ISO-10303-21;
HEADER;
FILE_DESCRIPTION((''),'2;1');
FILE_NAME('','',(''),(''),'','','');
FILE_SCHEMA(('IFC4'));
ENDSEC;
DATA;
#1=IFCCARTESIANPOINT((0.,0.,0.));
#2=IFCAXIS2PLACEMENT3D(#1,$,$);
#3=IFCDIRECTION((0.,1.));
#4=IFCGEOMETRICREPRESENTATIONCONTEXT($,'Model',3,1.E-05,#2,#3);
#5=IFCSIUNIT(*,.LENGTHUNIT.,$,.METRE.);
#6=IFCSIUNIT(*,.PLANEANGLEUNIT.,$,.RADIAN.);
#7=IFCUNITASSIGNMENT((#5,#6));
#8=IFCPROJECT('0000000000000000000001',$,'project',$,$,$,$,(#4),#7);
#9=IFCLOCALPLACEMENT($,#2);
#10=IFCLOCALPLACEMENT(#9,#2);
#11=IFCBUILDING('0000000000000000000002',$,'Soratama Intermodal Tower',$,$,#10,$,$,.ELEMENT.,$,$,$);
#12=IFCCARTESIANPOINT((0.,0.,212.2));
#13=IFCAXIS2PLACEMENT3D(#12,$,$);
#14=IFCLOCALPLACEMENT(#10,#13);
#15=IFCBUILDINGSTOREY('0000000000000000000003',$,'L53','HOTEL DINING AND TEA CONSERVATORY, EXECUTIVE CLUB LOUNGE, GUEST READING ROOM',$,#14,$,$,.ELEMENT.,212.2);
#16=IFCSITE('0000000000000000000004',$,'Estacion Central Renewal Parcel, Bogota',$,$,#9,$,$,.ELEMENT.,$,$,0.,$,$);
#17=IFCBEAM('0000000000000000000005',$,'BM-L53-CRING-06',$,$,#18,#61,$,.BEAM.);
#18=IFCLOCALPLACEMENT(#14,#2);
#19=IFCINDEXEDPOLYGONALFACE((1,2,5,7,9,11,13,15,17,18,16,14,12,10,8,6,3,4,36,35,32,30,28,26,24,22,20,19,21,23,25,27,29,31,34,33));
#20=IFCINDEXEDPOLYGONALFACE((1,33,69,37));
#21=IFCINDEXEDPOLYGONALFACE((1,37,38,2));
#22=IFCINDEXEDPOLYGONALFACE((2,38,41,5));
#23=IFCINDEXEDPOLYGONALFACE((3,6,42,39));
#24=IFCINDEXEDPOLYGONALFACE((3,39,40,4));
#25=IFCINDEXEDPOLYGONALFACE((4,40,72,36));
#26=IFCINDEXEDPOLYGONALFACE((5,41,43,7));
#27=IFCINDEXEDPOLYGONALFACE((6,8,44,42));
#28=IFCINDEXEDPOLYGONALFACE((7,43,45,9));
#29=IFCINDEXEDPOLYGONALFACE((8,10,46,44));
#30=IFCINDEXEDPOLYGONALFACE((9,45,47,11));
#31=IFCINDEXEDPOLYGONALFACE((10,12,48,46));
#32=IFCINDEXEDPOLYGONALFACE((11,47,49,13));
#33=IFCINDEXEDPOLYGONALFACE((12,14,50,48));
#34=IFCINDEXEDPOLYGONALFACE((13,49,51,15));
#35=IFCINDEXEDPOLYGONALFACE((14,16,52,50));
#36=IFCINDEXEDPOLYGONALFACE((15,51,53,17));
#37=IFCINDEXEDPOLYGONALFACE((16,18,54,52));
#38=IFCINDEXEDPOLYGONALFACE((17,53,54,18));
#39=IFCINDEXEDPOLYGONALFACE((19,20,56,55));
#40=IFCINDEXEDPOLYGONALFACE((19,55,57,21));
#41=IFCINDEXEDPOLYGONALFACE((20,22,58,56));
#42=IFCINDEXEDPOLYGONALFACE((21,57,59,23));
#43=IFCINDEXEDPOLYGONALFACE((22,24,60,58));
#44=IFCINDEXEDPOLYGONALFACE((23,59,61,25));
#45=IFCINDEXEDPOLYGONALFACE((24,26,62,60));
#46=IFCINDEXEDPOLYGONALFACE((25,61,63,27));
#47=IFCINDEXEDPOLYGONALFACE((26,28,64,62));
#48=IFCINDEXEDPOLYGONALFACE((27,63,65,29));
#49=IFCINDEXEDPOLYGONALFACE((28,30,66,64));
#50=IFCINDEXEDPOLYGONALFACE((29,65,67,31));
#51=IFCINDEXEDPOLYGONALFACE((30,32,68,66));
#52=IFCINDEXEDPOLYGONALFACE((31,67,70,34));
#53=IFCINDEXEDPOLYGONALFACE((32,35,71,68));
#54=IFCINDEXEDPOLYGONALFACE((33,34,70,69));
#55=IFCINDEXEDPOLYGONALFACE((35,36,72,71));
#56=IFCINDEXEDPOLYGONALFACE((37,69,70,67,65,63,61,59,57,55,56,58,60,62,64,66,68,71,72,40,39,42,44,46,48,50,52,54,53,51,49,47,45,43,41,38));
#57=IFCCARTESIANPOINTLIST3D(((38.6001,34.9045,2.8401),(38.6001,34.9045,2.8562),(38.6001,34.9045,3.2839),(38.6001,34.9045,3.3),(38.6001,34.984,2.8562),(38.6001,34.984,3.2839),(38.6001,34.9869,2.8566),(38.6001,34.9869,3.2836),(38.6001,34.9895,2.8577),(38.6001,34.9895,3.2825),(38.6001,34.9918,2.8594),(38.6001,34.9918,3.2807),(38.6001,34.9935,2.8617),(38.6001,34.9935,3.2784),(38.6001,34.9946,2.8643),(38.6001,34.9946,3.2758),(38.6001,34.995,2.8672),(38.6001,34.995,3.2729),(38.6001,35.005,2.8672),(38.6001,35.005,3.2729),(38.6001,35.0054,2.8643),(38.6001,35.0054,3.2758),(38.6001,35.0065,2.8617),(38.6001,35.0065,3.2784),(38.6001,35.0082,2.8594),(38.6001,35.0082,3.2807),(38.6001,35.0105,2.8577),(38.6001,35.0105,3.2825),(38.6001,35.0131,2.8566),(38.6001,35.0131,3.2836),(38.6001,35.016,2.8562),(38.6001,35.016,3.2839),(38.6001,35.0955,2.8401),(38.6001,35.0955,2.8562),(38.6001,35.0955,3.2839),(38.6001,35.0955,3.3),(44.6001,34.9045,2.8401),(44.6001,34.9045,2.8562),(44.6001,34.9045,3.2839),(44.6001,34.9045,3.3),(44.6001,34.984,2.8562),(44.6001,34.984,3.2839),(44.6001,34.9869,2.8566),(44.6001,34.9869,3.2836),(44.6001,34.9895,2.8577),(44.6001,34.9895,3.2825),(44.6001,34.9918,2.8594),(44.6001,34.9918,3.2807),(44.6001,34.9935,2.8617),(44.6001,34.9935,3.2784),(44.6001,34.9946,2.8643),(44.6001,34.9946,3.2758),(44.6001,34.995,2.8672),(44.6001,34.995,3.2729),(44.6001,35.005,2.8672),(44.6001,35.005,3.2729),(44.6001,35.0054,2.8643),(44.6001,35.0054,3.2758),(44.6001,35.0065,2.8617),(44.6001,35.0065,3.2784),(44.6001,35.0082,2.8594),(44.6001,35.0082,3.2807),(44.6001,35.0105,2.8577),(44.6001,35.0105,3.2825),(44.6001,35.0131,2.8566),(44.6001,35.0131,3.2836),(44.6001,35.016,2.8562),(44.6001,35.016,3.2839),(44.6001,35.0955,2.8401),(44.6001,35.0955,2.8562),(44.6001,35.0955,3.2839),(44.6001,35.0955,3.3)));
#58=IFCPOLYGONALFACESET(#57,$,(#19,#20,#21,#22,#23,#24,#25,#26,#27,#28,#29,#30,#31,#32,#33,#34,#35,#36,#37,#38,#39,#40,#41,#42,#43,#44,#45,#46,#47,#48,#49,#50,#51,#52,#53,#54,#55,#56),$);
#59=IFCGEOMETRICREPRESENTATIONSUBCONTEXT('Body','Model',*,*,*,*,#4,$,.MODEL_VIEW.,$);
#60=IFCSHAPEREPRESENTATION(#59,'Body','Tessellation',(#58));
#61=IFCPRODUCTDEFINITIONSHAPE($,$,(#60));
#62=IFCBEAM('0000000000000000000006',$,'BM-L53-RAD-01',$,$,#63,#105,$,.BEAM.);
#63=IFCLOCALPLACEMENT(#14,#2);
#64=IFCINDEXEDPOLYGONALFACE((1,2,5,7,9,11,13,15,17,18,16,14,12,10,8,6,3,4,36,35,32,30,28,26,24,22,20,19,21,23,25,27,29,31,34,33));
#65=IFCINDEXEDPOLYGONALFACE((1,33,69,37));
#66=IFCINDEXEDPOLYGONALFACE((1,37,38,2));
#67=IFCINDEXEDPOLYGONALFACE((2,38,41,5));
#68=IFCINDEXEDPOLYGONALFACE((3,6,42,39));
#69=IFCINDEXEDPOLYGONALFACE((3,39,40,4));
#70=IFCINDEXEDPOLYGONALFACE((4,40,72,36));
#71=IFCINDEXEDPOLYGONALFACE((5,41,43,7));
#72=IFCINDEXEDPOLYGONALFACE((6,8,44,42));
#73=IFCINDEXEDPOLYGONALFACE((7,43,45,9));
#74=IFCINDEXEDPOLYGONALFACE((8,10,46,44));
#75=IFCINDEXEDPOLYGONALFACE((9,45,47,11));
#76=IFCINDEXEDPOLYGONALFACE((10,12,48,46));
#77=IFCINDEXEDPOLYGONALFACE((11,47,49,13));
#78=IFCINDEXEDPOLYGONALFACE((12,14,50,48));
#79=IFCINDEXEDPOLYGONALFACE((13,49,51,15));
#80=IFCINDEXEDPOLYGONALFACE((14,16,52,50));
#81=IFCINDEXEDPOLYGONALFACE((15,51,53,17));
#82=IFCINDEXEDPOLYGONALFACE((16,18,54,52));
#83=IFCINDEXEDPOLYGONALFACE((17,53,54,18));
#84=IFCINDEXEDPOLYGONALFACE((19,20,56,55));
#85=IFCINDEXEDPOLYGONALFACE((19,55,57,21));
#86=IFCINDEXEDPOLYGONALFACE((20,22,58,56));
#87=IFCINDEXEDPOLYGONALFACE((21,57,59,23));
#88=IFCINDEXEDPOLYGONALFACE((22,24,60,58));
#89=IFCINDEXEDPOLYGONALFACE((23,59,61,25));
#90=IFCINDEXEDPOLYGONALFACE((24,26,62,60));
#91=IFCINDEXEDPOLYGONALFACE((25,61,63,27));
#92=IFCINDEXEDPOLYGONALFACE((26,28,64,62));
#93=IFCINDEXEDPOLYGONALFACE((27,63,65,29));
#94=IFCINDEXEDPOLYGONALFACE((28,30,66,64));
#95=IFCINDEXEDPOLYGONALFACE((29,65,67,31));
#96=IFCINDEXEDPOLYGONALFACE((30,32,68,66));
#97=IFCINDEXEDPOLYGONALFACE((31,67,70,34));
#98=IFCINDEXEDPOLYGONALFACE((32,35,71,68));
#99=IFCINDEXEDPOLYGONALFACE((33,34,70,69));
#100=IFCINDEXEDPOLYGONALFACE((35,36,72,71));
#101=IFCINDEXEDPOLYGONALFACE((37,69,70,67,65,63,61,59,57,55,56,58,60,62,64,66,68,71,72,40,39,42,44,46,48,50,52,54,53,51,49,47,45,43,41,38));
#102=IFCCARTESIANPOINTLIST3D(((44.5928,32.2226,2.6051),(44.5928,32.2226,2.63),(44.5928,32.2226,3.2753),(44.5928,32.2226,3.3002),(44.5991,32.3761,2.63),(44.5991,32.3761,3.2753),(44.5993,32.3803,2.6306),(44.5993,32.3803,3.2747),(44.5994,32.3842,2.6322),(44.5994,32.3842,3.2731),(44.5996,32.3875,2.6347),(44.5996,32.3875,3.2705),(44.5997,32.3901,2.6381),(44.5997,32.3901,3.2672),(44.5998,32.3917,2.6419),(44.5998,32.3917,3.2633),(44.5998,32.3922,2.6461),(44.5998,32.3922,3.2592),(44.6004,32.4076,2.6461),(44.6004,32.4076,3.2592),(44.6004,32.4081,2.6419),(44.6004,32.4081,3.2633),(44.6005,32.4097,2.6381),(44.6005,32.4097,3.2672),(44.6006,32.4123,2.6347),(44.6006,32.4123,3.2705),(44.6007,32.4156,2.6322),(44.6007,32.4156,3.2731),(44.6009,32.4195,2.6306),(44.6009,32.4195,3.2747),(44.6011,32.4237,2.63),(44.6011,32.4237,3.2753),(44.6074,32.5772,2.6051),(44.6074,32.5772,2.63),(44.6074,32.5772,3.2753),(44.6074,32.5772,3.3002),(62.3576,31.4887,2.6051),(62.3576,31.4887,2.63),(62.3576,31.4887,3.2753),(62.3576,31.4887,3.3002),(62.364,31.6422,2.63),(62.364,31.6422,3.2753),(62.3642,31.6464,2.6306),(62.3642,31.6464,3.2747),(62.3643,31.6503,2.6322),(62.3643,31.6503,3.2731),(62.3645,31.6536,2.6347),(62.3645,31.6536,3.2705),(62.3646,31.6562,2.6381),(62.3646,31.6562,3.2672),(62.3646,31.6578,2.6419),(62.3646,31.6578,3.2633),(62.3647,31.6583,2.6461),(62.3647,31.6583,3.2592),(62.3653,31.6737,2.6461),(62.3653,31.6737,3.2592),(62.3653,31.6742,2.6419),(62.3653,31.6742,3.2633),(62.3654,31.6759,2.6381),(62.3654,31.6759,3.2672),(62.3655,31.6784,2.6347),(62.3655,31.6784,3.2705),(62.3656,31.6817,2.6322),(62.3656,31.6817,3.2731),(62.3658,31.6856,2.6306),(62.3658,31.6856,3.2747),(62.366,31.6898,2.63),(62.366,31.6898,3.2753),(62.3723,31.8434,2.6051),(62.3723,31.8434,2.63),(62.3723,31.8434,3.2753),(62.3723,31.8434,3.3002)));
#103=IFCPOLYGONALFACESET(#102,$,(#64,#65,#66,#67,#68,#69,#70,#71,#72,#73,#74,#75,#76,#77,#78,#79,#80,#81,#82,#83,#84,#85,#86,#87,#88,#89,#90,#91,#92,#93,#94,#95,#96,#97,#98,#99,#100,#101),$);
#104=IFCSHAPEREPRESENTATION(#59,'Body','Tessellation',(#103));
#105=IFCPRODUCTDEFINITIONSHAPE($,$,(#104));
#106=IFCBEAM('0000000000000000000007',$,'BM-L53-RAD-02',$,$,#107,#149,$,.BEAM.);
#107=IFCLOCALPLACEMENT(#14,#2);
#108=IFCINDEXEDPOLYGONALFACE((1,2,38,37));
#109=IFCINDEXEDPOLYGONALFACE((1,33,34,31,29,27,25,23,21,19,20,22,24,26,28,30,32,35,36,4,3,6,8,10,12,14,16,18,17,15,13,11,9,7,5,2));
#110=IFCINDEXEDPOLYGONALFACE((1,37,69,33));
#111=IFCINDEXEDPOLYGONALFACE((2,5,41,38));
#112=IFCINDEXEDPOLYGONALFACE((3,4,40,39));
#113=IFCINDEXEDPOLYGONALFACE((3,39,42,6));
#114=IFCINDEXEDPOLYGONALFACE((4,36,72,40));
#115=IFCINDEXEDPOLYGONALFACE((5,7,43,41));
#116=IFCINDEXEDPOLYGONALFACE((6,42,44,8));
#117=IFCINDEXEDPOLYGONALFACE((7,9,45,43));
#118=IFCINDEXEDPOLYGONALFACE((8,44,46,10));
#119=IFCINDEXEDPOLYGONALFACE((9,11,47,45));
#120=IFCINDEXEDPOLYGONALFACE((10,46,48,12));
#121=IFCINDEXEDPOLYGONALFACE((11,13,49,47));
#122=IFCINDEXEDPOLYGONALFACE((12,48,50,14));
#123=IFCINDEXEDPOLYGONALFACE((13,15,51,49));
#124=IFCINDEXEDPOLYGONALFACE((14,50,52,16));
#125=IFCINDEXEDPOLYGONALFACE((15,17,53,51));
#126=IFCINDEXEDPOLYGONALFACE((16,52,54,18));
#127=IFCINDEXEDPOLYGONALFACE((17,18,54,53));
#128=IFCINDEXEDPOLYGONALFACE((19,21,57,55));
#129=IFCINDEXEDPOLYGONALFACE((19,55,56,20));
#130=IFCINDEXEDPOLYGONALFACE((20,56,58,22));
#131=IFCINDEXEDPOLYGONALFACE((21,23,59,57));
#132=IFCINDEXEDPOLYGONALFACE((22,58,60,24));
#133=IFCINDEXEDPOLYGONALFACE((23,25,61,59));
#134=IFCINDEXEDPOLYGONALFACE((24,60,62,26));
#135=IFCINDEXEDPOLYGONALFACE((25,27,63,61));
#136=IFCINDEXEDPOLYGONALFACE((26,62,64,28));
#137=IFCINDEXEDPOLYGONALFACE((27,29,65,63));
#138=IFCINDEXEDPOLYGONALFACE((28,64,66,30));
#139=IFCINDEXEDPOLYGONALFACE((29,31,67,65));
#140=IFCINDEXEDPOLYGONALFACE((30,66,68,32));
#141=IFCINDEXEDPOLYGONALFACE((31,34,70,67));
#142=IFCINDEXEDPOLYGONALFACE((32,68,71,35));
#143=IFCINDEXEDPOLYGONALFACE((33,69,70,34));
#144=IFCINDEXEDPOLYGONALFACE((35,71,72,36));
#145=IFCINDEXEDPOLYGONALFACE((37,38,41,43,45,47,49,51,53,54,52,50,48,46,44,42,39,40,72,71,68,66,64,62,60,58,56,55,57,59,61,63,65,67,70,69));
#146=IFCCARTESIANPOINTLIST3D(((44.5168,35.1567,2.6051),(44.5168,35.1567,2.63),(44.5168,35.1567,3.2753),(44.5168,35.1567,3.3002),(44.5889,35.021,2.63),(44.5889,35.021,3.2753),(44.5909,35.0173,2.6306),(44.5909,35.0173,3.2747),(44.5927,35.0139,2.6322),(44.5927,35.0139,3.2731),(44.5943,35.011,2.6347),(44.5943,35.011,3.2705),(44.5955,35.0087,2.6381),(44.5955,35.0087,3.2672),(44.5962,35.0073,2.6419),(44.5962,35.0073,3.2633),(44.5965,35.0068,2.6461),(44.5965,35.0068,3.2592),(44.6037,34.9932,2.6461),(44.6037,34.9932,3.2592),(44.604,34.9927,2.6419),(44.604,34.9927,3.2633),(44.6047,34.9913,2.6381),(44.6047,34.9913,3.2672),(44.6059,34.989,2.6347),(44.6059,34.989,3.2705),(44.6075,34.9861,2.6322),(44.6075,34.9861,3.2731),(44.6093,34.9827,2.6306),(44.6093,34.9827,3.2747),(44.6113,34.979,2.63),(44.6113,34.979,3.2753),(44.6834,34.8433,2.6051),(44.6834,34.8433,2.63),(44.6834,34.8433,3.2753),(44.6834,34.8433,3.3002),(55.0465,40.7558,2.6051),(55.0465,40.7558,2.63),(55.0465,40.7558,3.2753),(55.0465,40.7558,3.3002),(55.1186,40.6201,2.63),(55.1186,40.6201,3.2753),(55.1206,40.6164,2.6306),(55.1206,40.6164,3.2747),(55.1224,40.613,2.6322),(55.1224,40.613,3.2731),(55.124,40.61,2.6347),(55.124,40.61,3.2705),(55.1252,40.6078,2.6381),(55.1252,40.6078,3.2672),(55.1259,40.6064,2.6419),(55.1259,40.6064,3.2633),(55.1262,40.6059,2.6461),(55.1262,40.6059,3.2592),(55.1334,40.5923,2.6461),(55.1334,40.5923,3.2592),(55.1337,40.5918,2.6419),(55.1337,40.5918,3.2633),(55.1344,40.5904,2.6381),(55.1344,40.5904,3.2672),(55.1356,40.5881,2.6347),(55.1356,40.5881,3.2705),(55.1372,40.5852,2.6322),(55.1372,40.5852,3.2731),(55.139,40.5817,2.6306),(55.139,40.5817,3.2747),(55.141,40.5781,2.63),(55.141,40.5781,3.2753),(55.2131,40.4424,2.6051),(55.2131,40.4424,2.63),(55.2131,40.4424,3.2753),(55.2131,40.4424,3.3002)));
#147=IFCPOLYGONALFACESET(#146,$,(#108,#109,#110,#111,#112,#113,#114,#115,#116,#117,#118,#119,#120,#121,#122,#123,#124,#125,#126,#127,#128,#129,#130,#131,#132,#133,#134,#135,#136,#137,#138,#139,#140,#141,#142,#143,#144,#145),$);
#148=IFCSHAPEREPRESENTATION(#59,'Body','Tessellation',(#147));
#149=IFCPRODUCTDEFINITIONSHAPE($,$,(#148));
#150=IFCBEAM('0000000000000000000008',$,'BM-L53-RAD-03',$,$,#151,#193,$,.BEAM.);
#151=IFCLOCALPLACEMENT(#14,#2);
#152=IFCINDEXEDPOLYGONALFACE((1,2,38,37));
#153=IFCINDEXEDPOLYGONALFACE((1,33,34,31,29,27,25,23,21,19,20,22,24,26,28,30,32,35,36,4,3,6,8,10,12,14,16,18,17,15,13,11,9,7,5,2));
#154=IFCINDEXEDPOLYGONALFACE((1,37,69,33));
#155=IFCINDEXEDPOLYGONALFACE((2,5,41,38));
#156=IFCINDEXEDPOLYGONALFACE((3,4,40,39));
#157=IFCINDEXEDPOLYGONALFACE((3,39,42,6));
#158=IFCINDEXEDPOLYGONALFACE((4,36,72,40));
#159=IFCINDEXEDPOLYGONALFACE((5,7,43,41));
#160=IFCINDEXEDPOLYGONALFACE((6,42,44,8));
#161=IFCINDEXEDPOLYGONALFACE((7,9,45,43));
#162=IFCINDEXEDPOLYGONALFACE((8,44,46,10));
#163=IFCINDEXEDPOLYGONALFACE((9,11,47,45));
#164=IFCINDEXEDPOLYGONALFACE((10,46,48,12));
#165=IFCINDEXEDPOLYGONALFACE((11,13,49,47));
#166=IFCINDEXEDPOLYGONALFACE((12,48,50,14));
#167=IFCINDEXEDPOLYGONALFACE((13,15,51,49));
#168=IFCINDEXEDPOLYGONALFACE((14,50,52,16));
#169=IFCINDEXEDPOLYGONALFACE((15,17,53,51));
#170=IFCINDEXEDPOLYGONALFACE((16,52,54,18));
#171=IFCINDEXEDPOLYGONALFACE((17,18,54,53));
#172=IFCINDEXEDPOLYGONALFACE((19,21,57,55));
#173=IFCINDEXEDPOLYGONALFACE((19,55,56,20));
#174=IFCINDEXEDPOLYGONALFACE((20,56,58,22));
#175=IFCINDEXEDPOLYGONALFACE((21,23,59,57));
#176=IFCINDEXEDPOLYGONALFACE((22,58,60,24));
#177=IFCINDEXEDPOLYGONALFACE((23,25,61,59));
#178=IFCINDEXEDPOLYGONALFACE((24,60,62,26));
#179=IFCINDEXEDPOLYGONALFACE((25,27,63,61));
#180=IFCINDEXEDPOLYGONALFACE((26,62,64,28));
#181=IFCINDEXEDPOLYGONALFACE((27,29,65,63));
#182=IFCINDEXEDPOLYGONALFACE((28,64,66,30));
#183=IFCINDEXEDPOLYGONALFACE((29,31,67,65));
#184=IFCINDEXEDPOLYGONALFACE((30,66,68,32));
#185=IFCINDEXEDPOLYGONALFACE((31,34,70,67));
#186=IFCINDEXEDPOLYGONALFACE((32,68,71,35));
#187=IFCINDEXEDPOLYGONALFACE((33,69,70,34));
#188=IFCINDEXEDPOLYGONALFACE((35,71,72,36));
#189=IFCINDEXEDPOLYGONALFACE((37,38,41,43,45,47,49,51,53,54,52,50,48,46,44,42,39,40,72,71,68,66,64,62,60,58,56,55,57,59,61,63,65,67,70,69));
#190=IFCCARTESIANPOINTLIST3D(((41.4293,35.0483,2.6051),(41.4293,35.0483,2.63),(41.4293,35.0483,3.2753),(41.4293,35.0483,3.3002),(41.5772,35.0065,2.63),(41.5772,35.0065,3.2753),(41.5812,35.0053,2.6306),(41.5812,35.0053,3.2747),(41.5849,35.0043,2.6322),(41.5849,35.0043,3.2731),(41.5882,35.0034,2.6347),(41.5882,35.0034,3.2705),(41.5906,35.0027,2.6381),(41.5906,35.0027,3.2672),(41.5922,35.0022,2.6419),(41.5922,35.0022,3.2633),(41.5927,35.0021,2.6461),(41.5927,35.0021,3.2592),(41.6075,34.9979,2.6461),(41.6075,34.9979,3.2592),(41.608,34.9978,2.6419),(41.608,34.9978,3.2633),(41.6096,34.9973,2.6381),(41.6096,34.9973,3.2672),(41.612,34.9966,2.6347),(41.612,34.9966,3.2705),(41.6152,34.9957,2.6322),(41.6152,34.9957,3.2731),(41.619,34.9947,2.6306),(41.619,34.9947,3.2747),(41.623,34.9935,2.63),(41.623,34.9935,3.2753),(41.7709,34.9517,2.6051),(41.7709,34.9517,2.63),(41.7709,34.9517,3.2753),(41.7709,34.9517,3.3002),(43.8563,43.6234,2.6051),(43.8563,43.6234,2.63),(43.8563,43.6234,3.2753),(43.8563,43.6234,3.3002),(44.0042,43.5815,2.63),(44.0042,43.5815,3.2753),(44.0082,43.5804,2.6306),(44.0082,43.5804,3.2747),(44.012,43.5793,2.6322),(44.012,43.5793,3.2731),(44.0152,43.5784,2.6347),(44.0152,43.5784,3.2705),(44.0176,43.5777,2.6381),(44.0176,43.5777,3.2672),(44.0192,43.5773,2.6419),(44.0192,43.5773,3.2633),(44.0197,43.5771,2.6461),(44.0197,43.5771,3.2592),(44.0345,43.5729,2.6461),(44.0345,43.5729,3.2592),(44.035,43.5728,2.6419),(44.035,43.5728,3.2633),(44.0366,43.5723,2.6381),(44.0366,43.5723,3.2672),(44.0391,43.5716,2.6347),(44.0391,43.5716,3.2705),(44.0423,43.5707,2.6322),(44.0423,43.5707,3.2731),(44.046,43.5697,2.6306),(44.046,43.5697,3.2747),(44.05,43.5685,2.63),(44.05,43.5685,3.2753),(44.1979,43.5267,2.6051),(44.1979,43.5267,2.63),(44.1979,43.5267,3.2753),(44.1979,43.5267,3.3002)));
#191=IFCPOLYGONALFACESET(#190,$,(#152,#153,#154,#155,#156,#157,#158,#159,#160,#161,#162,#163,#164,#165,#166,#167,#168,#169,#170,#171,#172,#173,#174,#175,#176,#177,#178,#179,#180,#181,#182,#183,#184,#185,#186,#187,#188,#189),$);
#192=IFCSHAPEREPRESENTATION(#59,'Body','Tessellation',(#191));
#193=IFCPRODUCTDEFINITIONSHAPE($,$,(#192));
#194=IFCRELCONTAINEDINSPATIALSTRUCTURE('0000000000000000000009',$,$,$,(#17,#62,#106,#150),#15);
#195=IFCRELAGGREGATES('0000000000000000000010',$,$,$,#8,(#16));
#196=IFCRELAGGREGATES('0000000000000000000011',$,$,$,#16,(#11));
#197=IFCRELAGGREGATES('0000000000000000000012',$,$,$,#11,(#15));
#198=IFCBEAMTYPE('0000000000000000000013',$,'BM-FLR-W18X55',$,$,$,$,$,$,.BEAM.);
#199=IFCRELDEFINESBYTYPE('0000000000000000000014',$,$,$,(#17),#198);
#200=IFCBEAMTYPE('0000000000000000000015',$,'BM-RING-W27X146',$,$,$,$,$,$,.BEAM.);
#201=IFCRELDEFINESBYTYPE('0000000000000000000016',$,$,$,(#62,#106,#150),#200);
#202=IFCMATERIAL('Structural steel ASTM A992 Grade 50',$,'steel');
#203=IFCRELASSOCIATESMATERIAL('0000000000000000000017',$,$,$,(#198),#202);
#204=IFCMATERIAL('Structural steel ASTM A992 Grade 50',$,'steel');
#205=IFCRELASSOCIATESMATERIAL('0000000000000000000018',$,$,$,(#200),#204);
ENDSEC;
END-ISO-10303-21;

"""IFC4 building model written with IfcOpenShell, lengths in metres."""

from ifc_helpers import new_model, si_unit, direction, frame, origin, origin_2d, place, context, subcontext, project, spatial, i_section, extrude, material, material_profile, profile_set, type_object, element, save


model = new_model("IFC4")

# Units and contexts
model_context = context("Model", 3, precision=1e-05, world=origin(), true_north=direction((0.0, 1.0)))
body_context = subcontext(model_context, "Body", "Model", "MODEL_VIEW")
ifc_project = project(units=[si_unit("LENGTHUNIT", "METRE"), si_unit("PLANEANGLEUNIT", "RADIAN")], contexts=[model_context])

# Site, building, storey
site_placement = place(None, origin())
site = spatial("IfcSite", under=ifc_project, at=site_placement, Name="Estacion Central Renewal Parcel, Bogota", CompositionType="ELEMENT", RefElevation=0.0)
building_placement = place(site_placement, origin())
building = spatial("IfcBuilding", under=site, at=building_placement, Name="Soratama Intermodal Tower", CompositionType="ELEMENT")
storey_placement = place(building_placement, frame((0.0, 0.0, 212.2)))
storey = spatial("IfcBuildingStorey", under=building, at=storey_placement, Name="L53", Description="HOTEL DINING AND TEA CONSERVATORY, EXECUTIVE CLUB LOUNGE, GUEST READING ROOM", CompositionType="ELEMENT", Elevation=212.2)

# Beams
ifc_material_1 = material(Name="Structural steel ASTM A992 Grade 50", Category="steel")
ifc_material_profile_1 = material_profile(ifc_material_1, i_section(OverallWidth=0.1909, OverallDepth=0.46, WebThickness=0.01, FlangeThickness=0.0161, FilletRadius=0.011, at=origin_2d()), Name="W18X55")
ifc_profile_set_1 = profile_set([ifc_material_profile_1], Name="Structural steel ASTM A992 Grade 50")
beam_type_1 = type_object("IfcBeamType", Name="BM-FLR-W18X55", PredefinedType="BEAM", material=ifc_profile_set_1)
beam_1_placement = place(storey_placement, frame((44.6001, 35.0, 3.0701), z_axis=(-1.0, 0.0, 0.0), x_axis=(0.0, -1.0, 0.0)))
element("IfcBeam", 1, at=beam_1_placement, inside=storey, type_object=beam_type_1, Name="BM-L53-CRING-06", PredefinedType="BEAM", context=body_context, shape_type="SweptSolid", body=[
    extrude(i_section(OverallWidth=0.1909, OverallDepth=0.46, WebThickness=0.01, FlangeThickness=0.0161, FilletRadius=0.011, at=origin_2d()), origin(), (0.0, 0.0, 1.0), 6.0),
])
ifc_material_2 = material(Name="Structural steel ASTM A992 Grade 50", Category="steel")
ifc_material_profile_2 = material_profile(ifc_material_2, i_section(OverallWidth=0.355, OverallDepth=0.6951, WebThickness=0.0154, FlangeThickness=0.0249, FilletRadius=0.0161, at=origin_2d()), Name="W27X146")
ifc_profile_set_2 = profile_set([ifc_material_profile_2], Name="Structural steel ASTM A992 Grade 50")
beam_type_2 = type_object("IfcBeamType", Name="BM-RING-W27X146", PredefinedType="BEAM", material=ifc_profile_set_2)
beam_2_placement = place(storey_placement, frame((44.6001, 32.3999, 2.9526), z_axis=(0.999148, -0.041276, 0.0), x_axis=(0.041276, 0.999148, 0.0)))
element("IfcBeam", 2, at=beam_2_placement, inside=storey, type_object=beam_type_2, Name="BM-L53-RAD-01", PredefinedType="BEAM", context=body_context, shape_type="SweptSolid", body=[
    extrude(i_section(OverallWidth=0.355, OverallDepth=0.6951, WebThickness=0.0154, FlangeThickness=0.0249, FilletRadius=0.0161, at=origin_2d()), origin(), (0.0, 0.0, 1.0), 17.78),
])
beam_3_placement = place(storey_placement, frame((44.6001, 35.0, 2.9526), z_axis=(0.882936, 0.469493, 0.0), x_axis=(-0.469493, 0.882936, 0.0)))
element("IfcBeam", 3, at=beam_3_placement, inside=storey, type_object=beam_type_2, Name="BM-L53-RAD-02", PredefinedType="BEAM", context=body_context, shape_type="SweptSolid", body=[
    extrude(i_section(OverallWidth=0.355, OverallDepth=0.6951, WebThickness=0.0154, FlangeThickness=0.0249, FilletRadius=0.0161, at=origin_2d()), origin(), (0.0, 0.0, 1.0), 11.9258),
])
beam_4_placement = place(storey_placement, frame((41.6001, 35.0, 2.9526), z_axis=(0.272336, 0.962202, 0.0), x_axis=(-0.962202, 0.272336, 0.0)))
element("IfcBeam", 4, at=beam_4_placement, inside=storey, type_object=beam_type_2, Name="BM-L53-RAD-03", PredefinedType="BEAM", context=body_context, shape_type="SweptSolid", body=[
    extrude(i_section(OverallWidth=0.355, OverallDepth=0.6951, WebThickness=0.0154, FlangeThickness=0.0249, FilletRadius=0.0161, at=origin_2d()), origin(), (0.0, 0.0, 1.0), 8.9119),
])

save(model, "model.ifc")
